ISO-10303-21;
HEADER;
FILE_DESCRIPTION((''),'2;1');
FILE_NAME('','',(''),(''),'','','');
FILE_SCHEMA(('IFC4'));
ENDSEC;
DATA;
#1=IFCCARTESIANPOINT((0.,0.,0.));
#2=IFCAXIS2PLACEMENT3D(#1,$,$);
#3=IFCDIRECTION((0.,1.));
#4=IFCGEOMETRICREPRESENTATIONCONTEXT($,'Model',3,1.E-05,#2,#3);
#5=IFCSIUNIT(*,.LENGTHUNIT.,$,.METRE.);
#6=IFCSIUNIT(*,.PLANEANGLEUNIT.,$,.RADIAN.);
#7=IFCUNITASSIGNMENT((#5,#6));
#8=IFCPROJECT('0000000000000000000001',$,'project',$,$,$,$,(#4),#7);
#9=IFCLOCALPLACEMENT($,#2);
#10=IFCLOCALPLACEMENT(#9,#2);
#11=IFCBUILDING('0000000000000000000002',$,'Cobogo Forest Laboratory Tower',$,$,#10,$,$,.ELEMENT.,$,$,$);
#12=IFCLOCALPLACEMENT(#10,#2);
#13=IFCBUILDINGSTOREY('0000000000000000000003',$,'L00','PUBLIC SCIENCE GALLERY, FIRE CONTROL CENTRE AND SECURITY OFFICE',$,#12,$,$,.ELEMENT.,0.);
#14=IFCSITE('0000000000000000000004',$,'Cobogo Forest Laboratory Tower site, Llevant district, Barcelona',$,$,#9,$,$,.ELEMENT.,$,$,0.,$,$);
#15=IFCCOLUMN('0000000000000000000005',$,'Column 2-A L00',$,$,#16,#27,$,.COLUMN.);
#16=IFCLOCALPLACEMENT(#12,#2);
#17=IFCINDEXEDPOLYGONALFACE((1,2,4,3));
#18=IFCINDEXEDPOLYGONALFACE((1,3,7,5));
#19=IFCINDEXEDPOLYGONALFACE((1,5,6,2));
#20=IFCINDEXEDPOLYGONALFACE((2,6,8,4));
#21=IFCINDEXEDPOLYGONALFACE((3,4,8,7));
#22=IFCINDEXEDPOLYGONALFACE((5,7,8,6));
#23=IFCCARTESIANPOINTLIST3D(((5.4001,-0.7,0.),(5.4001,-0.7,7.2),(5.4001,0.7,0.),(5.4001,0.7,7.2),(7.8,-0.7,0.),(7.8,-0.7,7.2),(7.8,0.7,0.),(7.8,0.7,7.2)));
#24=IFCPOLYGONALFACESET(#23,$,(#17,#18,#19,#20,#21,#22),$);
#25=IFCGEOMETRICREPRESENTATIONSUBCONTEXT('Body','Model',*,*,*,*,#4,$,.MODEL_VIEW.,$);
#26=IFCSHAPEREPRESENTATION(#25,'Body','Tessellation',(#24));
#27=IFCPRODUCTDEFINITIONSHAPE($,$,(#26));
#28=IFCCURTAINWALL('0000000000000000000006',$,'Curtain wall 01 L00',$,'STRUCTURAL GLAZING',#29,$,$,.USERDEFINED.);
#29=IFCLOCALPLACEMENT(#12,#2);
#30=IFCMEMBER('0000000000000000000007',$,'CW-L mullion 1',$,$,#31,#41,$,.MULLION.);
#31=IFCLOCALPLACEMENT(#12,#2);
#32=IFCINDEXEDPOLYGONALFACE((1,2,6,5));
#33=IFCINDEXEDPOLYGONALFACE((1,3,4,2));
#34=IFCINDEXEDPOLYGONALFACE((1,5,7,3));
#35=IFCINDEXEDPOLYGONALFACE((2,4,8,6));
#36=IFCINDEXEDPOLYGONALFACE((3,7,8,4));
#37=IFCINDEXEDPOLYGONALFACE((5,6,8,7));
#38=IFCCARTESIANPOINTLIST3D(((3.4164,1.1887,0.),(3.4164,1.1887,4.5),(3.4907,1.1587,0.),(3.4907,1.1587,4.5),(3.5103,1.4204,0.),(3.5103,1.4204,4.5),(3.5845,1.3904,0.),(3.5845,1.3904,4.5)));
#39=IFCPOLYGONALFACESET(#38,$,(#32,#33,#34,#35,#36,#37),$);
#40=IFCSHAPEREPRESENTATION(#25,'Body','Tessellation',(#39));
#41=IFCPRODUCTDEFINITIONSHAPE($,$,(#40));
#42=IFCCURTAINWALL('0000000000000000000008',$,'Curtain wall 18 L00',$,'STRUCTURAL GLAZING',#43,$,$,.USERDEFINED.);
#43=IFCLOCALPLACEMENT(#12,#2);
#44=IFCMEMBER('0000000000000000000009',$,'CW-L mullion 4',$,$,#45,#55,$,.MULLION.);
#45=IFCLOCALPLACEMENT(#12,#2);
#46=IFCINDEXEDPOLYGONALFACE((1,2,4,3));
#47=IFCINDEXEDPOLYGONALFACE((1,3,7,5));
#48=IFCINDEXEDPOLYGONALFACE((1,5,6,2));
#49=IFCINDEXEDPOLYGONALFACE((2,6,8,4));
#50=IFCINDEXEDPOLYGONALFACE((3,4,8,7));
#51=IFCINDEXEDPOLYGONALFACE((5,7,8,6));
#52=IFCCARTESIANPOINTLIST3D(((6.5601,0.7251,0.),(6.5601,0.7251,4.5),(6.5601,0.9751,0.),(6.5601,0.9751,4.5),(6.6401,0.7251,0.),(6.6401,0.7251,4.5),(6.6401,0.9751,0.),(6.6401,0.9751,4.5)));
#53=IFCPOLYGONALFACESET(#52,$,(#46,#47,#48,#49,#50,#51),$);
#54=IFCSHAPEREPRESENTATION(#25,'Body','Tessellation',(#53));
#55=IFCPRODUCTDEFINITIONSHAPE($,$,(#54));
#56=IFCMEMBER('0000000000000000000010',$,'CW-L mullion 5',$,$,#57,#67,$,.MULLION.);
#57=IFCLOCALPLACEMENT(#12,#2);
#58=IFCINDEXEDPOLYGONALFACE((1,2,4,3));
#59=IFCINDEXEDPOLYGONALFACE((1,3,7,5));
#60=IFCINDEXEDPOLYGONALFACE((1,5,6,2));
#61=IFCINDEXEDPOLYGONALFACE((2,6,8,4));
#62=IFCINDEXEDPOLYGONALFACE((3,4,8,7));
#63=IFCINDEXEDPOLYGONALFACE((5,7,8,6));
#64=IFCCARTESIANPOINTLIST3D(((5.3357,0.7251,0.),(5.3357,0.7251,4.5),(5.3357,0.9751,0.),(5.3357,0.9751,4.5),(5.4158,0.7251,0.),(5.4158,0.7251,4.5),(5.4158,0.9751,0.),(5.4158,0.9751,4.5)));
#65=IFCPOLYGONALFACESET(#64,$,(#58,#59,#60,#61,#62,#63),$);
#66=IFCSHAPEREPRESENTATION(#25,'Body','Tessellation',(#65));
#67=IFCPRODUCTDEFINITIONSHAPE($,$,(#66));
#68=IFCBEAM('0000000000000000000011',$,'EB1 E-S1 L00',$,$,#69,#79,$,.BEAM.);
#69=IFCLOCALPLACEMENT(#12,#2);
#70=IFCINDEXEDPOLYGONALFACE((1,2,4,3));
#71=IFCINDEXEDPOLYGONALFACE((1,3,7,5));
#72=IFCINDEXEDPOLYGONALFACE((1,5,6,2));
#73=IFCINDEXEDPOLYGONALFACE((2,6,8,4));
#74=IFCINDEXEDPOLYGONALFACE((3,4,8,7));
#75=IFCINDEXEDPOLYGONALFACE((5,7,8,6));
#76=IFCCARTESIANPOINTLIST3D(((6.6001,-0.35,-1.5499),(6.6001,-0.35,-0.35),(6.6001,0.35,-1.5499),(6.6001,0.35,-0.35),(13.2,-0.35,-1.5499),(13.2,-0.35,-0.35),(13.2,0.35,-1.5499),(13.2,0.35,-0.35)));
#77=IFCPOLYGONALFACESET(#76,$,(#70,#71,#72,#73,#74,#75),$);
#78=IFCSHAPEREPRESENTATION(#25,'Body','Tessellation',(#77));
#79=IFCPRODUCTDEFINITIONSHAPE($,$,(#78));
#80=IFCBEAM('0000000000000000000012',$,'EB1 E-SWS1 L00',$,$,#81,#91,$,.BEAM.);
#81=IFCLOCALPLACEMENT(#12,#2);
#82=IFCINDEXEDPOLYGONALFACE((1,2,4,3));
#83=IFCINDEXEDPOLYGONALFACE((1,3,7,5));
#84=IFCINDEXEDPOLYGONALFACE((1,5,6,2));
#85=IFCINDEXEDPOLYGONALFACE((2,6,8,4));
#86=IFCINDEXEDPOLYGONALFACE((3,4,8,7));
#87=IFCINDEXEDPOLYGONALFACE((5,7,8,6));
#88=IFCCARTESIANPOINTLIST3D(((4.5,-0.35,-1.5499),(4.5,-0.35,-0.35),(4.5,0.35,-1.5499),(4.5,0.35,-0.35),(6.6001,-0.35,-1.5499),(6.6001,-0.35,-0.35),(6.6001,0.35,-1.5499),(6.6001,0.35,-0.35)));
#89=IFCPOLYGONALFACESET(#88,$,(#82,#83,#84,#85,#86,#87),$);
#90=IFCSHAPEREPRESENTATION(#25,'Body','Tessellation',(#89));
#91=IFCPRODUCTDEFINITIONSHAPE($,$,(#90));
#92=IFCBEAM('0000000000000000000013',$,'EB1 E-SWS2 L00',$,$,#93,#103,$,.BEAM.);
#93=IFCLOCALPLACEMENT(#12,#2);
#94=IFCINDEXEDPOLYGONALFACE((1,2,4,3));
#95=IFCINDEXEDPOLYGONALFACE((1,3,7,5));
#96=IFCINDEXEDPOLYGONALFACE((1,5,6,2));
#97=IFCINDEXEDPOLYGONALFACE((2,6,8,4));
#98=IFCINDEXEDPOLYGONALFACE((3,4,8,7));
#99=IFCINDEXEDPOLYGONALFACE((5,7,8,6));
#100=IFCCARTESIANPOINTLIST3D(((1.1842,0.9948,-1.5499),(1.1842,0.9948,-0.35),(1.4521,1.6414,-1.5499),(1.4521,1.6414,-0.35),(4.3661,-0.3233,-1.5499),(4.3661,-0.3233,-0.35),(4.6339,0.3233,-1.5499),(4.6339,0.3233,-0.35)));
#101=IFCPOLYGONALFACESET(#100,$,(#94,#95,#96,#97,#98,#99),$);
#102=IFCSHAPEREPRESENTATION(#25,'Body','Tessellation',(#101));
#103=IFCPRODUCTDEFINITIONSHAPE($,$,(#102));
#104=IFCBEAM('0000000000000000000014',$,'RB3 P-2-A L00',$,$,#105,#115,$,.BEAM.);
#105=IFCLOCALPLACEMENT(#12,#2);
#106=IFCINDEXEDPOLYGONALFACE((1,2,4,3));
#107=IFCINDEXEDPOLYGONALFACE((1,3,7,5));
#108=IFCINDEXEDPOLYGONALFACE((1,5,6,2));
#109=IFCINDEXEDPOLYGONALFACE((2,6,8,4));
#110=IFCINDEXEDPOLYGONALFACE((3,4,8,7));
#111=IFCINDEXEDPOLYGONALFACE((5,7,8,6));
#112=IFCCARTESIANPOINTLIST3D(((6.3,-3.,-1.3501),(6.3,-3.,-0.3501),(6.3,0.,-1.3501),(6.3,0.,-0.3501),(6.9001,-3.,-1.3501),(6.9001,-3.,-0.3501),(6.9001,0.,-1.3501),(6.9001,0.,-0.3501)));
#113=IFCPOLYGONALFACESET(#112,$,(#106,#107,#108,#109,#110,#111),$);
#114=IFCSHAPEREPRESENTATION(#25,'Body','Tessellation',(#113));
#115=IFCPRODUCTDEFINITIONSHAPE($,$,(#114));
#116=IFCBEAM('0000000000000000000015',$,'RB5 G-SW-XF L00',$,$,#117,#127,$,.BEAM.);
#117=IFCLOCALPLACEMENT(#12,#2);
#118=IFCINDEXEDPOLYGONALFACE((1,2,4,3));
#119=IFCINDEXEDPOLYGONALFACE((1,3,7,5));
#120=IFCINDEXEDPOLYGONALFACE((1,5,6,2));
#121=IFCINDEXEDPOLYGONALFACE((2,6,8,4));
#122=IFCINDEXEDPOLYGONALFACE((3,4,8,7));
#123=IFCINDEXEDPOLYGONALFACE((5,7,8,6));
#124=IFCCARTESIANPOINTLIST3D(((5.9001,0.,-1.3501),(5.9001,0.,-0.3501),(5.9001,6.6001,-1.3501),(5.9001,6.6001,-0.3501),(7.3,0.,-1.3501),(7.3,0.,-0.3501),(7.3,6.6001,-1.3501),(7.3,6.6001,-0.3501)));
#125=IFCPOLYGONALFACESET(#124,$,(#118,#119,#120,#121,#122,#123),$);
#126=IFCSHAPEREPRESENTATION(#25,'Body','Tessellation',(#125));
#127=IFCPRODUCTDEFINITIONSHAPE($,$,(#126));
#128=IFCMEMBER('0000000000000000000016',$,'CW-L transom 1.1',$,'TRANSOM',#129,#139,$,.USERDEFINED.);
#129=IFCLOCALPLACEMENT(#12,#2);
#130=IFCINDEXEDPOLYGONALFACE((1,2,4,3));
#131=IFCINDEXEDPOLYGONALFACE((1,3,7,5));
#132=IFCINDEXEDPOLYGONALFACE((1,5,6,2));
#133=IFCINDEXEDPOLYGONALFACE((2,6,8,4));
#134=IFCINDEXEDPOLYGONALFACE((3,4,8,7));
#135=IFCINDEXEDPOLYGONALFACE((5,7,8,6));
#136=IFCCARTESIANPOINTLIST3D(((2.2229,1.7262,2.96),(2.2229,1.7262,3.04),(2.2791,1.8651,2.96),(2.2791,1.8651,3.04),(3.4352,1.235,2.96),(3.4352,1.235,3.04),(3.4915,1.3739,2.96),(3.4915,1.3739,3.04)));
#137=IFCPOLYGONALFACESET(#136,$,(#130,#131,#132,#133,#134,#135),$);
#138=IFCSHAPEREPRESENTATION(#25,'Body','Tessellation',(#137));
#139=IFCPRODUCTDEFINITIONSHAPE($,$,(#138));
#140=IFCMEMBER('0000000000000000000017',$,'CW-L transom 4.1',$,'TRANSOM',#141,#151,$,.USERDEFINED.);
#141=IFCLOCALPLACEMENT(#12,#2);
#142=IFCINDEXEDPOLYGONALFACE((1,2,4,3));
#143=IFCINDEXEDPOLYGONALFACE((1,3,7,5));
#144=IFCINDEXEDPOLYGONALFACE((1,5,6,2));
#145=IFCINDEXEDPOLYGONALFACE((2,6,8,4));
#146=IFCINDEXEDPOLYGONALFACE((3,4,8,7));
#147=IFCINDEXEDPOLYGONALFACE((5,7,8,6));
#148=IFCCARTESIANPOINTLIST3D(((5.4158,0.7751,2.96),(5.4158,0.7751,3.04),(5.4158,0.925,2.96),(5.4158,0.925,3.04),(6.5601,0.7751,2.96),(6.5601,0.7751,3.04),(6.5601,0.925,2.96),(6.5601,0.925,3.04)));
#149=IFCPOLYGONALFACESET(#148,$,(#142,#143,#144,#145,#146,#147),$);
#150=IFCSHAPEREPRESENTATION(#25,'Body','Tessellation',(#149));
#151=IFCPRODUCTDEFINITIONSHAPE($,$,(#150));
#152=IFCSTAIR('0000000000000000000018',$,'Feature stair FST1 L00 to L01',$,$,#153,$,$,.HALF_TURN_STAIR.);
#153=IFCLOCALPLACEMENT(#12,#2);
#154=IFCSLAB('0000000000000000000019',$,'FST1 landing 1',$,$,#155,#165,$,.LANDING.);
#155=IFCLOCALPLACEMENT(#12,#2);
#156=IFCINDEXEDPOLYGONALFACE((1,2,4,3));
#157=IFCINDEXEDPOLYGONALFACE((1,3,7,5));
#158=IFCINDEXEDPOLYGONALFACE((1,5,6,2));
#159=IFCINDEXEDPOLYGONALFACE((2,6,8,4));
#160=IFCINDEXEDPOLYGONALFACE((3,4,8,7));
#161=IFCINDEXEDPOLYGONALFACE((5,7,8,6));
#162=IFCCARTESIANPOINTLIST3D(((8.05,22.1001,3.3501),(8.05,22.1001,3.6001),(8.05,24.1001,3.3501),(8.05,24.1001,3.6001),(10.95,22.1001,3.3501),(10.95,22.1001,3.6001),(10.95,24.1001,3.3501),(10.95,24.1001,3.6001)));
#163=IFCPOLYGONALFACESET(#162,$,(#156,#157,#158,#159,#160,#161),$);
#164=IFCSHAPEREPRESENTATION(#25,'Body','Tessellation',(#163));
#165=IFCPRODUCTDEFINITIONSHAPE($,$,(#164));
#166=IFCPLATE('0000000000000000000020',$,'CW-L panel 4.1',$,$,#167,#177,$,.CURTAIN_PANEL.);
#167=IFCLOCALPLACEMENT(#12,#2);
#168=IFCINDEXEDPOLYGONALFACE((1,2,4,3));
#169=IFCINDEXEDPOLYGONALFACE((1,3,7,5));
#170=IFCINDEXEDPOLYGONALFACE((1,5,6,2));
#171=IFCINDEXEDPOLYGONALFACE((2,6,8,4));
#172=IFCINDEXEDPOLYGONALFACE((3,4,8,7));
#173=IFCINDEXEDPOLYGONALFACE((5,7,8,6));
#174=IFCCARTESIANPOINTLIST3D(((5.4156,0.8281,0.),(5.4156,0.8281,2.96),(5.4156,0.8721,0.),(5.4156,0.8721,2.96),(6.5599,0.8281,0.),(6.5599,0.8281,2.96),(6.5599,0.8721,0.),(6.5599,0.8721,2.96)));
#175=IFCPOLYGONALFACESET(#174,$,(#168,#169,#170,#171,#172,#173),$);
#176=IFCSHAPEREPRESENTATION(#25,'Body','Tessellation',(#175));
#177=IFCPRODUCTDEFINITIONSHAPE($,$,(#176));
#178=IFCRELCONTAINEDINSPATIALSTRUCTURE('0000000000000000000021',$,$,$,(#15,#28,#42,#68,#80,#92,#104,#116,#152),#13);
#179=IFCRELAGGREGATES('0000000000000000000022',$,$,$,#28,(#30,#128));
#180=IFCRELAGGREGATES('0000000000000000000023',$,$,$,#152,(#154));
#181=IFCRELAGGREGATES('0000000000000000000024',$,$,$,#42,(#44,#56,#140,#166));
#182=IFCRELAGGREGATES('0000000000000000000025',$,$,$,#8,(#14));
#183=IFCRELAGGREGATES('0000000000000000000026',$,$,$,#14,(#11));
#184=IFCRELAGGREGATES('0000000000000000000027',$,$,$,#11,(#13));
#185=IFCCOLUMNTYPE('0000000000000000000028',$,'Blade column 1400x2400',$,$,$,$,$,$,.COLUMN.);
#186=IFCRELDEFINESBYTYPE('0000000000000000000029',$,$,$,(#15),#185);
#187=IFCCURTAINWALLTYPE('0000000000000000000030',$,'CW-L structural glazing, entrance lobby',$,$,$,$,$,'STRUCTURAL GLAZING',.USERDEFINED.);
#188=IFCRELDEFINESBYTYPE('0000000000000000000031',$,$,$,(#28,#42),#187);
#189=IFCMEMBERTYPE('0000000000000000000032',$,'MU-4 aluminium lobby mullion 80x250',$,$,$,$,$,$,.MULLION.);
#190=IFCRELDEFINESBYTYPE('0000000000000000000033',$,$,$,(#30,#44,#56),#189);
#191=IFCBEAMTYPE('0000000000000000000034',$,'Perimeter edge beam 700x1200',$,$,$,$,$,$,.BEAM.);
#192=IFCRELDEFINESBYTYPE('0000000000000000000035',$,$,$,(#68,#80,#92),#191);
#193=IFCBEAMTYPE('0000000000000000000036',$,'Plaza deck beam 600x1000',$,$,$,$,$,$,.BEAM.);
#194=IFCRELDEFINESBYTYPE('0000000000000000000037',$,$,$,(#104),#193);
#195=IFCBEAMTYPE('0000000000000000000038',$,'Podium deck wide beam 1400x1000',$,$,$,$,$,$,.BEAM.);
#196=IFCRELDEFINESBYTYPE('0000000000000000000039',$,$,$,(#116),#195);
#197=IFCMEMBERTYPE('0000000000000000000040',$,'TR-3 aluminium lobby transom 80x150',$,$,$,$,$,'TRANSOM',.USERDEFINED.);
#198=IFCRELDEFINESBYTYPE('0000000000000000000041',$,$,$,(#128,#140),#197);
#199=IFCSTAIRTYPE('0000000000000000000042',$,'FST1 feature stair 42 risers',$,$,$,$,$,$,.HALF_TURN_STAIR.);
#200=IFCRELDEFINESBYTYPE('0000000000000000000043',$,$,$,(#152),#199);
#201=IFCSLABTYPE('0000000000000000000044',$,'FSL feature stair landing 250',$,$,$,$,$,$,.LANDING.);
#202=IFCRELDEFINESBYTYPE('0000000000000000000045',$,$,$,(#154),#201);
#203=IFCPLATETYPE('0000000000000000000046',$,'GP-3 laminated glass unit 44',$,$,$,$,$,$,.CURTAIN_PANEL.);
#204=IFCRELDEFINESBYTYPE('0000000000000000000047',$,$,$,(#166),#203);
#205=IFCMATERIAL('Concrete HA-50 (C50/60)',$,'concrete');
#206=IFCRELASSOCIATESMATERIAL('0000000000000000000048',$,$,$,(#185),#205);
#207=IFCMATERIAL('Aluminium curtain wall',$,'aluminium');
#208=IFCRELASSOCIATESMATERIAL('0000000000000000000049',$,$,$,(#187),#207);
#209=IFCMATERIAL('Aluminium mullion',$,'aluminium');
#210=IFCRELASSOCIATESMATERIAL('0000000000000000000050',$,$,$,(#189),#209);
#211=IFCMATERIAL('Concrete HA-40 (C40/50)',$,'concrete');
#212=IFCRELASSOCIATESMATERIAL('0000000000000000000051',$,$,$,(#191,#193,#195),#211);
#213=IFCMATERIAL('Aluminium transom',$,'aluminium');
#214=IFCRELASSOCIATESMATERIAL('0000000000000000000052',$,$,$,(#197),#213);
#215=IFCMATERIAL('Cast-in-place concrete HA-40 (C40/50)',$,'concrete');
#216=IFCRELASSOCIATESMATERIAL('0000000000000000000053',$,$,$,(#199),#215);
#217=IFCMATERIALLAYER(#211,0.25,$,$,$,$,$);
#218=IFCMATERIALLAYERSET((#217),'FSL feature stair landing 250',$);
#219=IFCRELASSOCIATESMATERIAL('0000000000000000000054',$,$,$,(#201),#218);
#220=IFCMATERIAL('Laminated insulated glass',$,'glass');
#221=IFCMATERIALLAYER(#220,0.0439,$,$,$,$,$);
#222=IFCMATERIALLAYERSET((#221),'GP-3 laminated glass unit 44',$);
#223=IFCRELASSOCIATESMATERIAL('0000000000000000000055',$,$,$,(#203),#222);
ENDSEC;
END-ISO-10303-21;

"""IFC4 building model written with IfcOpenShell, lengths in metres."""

from ifc_helpers import new_model, si_unit, direction, frame, origin, origin_2d, place, context, subcontext, project, spatial, polyline, rectangle, outline, extrude, material, layer, layer_set, material_profile, profile_set, type_object, element, aggregate, save


model = new_model("IFC4")

# Units and contexts
model_context = context("Model", 3, precision=1e-05, world=origin(), true_north=direction((0.0, 1.0)))
body_context = subcontext(model_context, "Body", "Model", "MODEL_VIEW")
ifc_project = project(units=[si_unit("LENGTHUNIT", "METRE"), si_unit("PLANEANGLEUNIT", "RADIAN")], contexts=[model_context])

# Site, building, storey
site_placement = place(None, origin())
site = spatial("IfcSite", under=ifc_project, at=site_placement, Name="Cobogo Forest Laboratory Tower site, Llevant district, Barcelona", CompositionType="ELEMENT", RefElevation=0.0)
building_placement = place(site_placement, origin())
building = spatial("IfcBuilding", under=site, at=building_placement, Name="Cobogo Forest Laboratory Tower", CompositionType="ELEMENT")
storey_placement = place(building_placement, origin())
storey = spatial("IfcBuildingStorey", under=building, at=storey_placement, Name="L00", Description="PUBLIC SCIENCE GALLERY, FIRE CONTROL CENTRE AND SECURITY OFFICE", CompositionType="ELEMENT", Elevation=0.0)

# Column
ifc_material_1 = material(Name="Concrete HA-50 (C50/60)", Category="concrete")
ifc_material_profile_1 = material_profile(ifc_material_1, rectangle(XDim=2.3999, YDim=1.3999, at=origin_2d()), Name="RC 1400x2400")
ifc_profile_set_1 = profile_set([ifc_material_profile_1], Name="Concrete HA-50 (C50/60)")
column_type = type_object("IfcColumnType", Name="Blade column 1400x2400", PredefinedType="COLUMN", material=ifc_profile_set_1)
column_placement = place(storey_placement, frame((6.6001, 0.0, 0.0), z_axis=(0.0, 0.0, 1.0), x_axis=(1.0, 0.0, 0.0)))
element("IfcColumn", 1, at=column_placement, inside=storey, type_object=column_type, Name="Column 2-A L00", PredefinedType="COLUMN", context=body_context, shape_type="SweptSolid", body=[
    extrude(rectangle(XDim=2.3999, YDim=1.3999, at=origin_2d()), origin(), (0.0, 0.0, 1.0), 7.2),
])

# Curtain wall, member
ifc_material_2 = material(Name="Aluminium curtain wall", Category="aluminium")
curtain_wall_type = type_object("IfcCurtainWallType", Name="CW-L structural glazing, entrance lobby", ElementType="STRUCTURAL GLAZING", PredefinedType="USERDEFINED", material=ifc_material_2)
curtain_wall_1_placement = place(storey_placement, origin())
curtain_wall_1 = element("IfcCurtainWall", 2, at=curtain_wall_1_placement, inside=storey, type_object=curtain_wall_type, Name="Curtain wall 01 L00", ObjectType="STRUCTURAL GLAZING", PredefinedType="USERDEFINED")
ifc_material_3 = material(Name="Aluminium mullion", Category="aluminium")
ifc_material_profile_2 = material_profile(ifc_material_3, rectangle(XDim=0.0801, YDim=0.25, at=origin_2d()), Name="AL 80x250")
ifc_profile_set_2 = profile_set([ifc_material_profile_2], Name="Aluminium mullion")
member_type_1 = type_object("IfcMemberType", Name="MU-4 aluminium lobby mullion 80x250", PredefinedType="MULLION", material=ifc_profile_set_2)
member_1_placement = place(storey_placement, frame((3.5005, 1.2896, 0.0), z_axis=(0.0, 0.0, 1.0), x_axis=(-0.92682, 0.375507, 0.0)))
member_1 = element("IfcMember", 3, at=member_1_placement, type_object=member_type_1, Name="CW-L mullion 1", PredefinedType="MULLION", context=body_context, shape_type="SweptSolid", body=[
    extrude(rectangle(XDim=0.0801, YDim=0.25, at=origin_2d()), origin(), (0.0, 0.0, 1.0), 4.5),
])

# Curtain wall, members
curtain_wall_2_placement = place(storey_placement, origin())
curtain_wall_2 = element("IfcCurtainWall", 4, at=curtain_wall_2_placement, inside=storey, type_object=curtain_wall_type, Name="Curtain wall 18 L00", ObjectType="STRUCTURAL GLAZING", PredefinedType="USERDEFINED")
member_2_placement = place(storey_placement, frame((6.6001, 0.8501, 0.0), z_axis=(0.0, 0.0, 1.0), x_axis=(-1.0, 0.0, 0.0)))
member_2 = element("IfcMember", 5, at=member_2_placement, type_object=member_type_1, Name="CW-L mullion 4", PredefinedType="MULLION", context=body_context, shape_type="SweptSolid", body=[
    extrude(rectangle(XDim=0.0801, YDim=0.25, at=origin_2d()), origin(), (0.0, 0.0, 1.0), 4.5),
])
member_3_placement = place(storey_placement, frame((5.3757, 0.8501, 0.0), z_axis=(0.0, 0.0, 1.0), x_axis=(-1.0, 0.0, 0.0)))
member_3 = element("IfcMember", 6, at=member_3_placement, type_object=member_type_1, Name="CW-L mullion 5", PredefinedType="MULLION", context=body_context, shape_type="SweptSolid", body=[
    extrude(rectangle(XDim=0.0801, YDim=0.25, at=origin_2d()), origin(), (0.0, 0.0, 1.0), 4.5),
])

# Beams
ifc_material_4 = material(Name="Concrete HA-40 (C40/50)", Category="concrete")
ifc_material_profile_3 = material_profile(ifc_material_4, rectangle(XDim=0.7, YDim=1.2, at=origin_2d()), Name="RC 700x1200")
ifc_profile_set_3 = profile_set([ifc_material_profile_3], Name="Concrete HA-40 (C40/50)")
beam_type_1 = type_object("IfcBeamType", Name="Perimeter edge beam 700x1200", PredefinedType="BEAM", material=ifc_profile_set_3)
beam_1_placement = place(storey_placement, frame((6.6001, 0.0, -0.95), z_axis=(1.0, 0.0, 0.0), x_axis=(0.0, 1.0, 0.0)))
element("IfcBeam", 7, at=beam_1_placement, inside=storey, type_object=beam_type_1, Name="EB1 E-S1 L00", PredefinedType="BEAM", context=body_context, shape_type="SweptSolid", body=[
    extrude(rectangle(XDim=0.7, YDim=1.2, at=origin_2d()), origin(), (0.0, 0.0, 1.0), 6.5999),
])
beam_2_placement = place(storey_placement, frame((6.6001, 0.0, -0.95), z_axis=(-1.0, 0.0, 0.0), x_axis=(0.0, -1.0, 0.0)))
element("IfcBeam", 8, at=beam_2_placement, inside=storey, type_object=beam_type_1, Name="EB1 E-SWS1 L00", PredefinedType="BEAM", context=body_context, shape_type="SweptSolid", body=[
    extrude(rectangle(XDim=0.7, YDim=1.2, at=origin_2d()), origin(), (0.0, 0.0, 1.0), 2.1001),
])
beam_3_placement = place(storey_placement, frame((4.5, 0.0, -0.95), z_axis=(-0.923866, 0.382717, 0.0), x_axis=(-0.382717, -0.923866, 0.0)))
element("IfcBeam", 9, at=beam_3_placement, inside=storey, type_object=beam_type_1, Name="EB1 E-SWS2 L00", PredefinedType="BEAM", context=body_context, shape_type="SweptSolid", body=[
    extrude(rectangle(XDim=0.7, YDim=1.2, at=origin_2d()), origin(), (0.0, 0.0, 1.0), 3.4441),
])
ifc_material_profile_4 = material_profile(ifc_material_4, rectangle(XDim=0.6001, YDim=1.0, at=origin_2d()), Name="RC 600x1000")
ifc_profile_set_4 = profile_set([ifc_material_profile_4], Name="Concrete HA-40 (C40/50)")
beam_type_2 = type_object("IfcBeamType", Name="Plaza deck beam 600x1000", PredefinedType="BEAM", material=ifc_profile_set_4)
beam_4_placement = place(storey_placement, frame((6.6001, 0.0, -0.8501), z_axis=(0.0, -1.0, 0.0), x_axis=(1.0, 0.0, 0.0)))
element("IfcBeam", 10, at=beam_4_placement, inside=storey, type_object=beam_type_2, Name="RB3 P-2-A L00", PredefinedType="BEAM", context=body_context, shape_type="SweptSolid", body=[
    extrude(rectangle(XDim=0.6001, YDim=1.0, at=origin_2d()), origin(), (0.0, 0.0, 1.0), 3.0),
])
ifc_material_profile_5 = material_profile(ifc_material_4, rectangle(XDim=1.3999, YDim=1.0, at=origin_2d()), Name="RC 1400x1000")
ifc_profile_set_5 = profile_set([ifc_material_profile_5], Name="Concrete HA-40 (C40/50)")
beam_type_3 = type_object("IfcBeamType", Name="Podium deck wide beam 1400x1000", PredefinedType="BEAM", material=ifc_profile_set_5)
beam_5_placement = place(storey_placement, frame((6.6001, 0.0, -0.8501), z_axis=(0.0, 1.0, 0.0), x_axis=(-1.0, 0.0, 0.0)))
element("IfcBeam", 11, at=beam_5_placement, inside=storey, type_object=beam_type_3, Name="RB5 G-SW-XF L00", PredefinedType="BEAM", context=body_context, shape_type="SweptSolid", body=[
    extrude(rectangle(XDim=1.3999, YDim=1.0, at=origin_2d()), origin(), (0.0, 0.0, 1.0), 6.6001),
])

# Members
ifc_material_5 = material(Name="Aluminium transom", Category="aluminium")
ifc_material_profile_6 = material_profile(ifc_material_5, rectangle(XDim=0.1499, YDim=0.0801, at=origin_2d()), Name="AL 80x150")
ifc_profile_set_6 = profile_set([ifc_material_profile_6], Name="Aluminium transom")
member_type_2 = type_object("IfcMemberType", Name="TR-3 aluminium lobby transom 80x150", ElementType="TRANSOM", PredefinedType="USERDEFINED", material=ifc_profile_set_6)
member_4_placement = place(storey_placement, frame((3.4634, 1.3044, 3.0), z_axis=(-0.92682, 0.375506, 0.0), x_axis=(-0.375506, -0.92682, 0.0)))
member_4 = element("IfcMember", 12, at=member_4_placement, type_object=member_type_2, Name="CW-L transom 1.1", ObjectType="TRANSOM", PredefinedType="USERDEFINED", context=body_context, shape_type="SweptSolid", body=[
    extrude(rectangle(XDim=0.1499, YDim=0.0801, at=origin_2d()), origin(), (0.0, 0.0, 1.0), 1.3081),
])
aggregate(curtain_wall_1, [member_1, member_4])
member_5_placement = place(storey_placement, frame((6.5601, 0.8501, 3.0), z_axis=(-1.0, 0.0, 0.0), x_axis=(0.0, -1.0, 0.0)))
member_5 = element("IfcMember", 13, at=member_5_placement, type_object=member_type_2, Name="CW-L transom 4.1", ObjectType="TRANSOM", PredefinedType="USERDEFINED", context=body_context, shape_type="SweptSolid", body=[
    extrude(rectangle(XDim=0.1499, YDim=0.0801, at=origin_2d()), origin(), (0.0, 0.0, 1.0), 1.1443),
])

# Stair, slab
ifc_material_6 = material(Name="Cast-in-place concrete HA-40 (C40/50)", Category="concrete")
stair_type_1 = type_object("IfcStairType", Name="FST1 feature stair 42 risers", PredefinedType="HALF_TURN_STAIR", material=ifc_material_6)
stair_1_placement = place(storey_placement, origin())
stair_1 = element("IfcStair", 14, at=stair_1_placement, inside=storey, type_object=stair_type_1, Name="Feature stair FST1 L00 to L01", PredefinedType="HALF_TURN_STAIR")
ifc_layer_1 = layer(ifc_material_4, 0.25)
ifc_layer_set_1 = layer_set([ifc_layer_1], Name="FSL feature stair landing 250")
slab_type_1 = type_object("IfcSlabType", Name="FSL feature stair landing 250", PredefinedType="LANDING", material=ifc_layer_set_1)
slab_1_placement = place(storey_placement, frame((0.0, 0.0, 3.3501)))
slab_1 = element("IfcSlab", 15, at=slab_1_placement, type_object=slab_type_1, Name="FST1 landing 1", PredefinedType="LANDING", context=body_context, shape_type="SweptSolid", body=[
    extrude(outline(polyline([(8.05, 22.1001), (10.95, 22.1001), (10.95, 24.1001), (8.05, 24.1001), (8.05, 22.1001)])), origin(), (0.0, 0.0, 1.0), 0.25),
])
aggregate(stair_1, [slab_1])

# Plate
ifc_material_7 = material(Name="Laminated insulated glass", Category="glass")
ifc_layer_2 = layer(ifc_material_7, 0.0439)
ifc_layer_set_2 = layer_set([ifc_layer_2], Name="GP-3 laminated glass unit 44")
plate_type = type_object("IfcPlateType", Name="GP-3 laminated glass unit 44", PredefinedType="CURTAIN_PANEL", material=ifc_layer_set_2)
plate_1_placement = place(storey_placement, frame((5.9878, 0.8501, 0.0), z_axis=(0.0, 0.0, 1.0), x_axis=(-1.0, 0.0, 0.0)))
plate_1 = element("IfcPlate", 16, at=plate_1_placement, type_object=plate_type, Name="CW-L panel 4.1", PredefinedType="CURTAIN_PANEL", context=body_context, shape_type="SweptSolid", body=[
    extrude(rectangle(XDim=1.1443, YDim=0.0439, at=origin_2d()), origin(), (0.0, 0.0, 1.0), 2.96),
])
aggregate(curtain_wall_2, [member_2, member_3, member_5, plate_1])

save(model, "model.ifc")
